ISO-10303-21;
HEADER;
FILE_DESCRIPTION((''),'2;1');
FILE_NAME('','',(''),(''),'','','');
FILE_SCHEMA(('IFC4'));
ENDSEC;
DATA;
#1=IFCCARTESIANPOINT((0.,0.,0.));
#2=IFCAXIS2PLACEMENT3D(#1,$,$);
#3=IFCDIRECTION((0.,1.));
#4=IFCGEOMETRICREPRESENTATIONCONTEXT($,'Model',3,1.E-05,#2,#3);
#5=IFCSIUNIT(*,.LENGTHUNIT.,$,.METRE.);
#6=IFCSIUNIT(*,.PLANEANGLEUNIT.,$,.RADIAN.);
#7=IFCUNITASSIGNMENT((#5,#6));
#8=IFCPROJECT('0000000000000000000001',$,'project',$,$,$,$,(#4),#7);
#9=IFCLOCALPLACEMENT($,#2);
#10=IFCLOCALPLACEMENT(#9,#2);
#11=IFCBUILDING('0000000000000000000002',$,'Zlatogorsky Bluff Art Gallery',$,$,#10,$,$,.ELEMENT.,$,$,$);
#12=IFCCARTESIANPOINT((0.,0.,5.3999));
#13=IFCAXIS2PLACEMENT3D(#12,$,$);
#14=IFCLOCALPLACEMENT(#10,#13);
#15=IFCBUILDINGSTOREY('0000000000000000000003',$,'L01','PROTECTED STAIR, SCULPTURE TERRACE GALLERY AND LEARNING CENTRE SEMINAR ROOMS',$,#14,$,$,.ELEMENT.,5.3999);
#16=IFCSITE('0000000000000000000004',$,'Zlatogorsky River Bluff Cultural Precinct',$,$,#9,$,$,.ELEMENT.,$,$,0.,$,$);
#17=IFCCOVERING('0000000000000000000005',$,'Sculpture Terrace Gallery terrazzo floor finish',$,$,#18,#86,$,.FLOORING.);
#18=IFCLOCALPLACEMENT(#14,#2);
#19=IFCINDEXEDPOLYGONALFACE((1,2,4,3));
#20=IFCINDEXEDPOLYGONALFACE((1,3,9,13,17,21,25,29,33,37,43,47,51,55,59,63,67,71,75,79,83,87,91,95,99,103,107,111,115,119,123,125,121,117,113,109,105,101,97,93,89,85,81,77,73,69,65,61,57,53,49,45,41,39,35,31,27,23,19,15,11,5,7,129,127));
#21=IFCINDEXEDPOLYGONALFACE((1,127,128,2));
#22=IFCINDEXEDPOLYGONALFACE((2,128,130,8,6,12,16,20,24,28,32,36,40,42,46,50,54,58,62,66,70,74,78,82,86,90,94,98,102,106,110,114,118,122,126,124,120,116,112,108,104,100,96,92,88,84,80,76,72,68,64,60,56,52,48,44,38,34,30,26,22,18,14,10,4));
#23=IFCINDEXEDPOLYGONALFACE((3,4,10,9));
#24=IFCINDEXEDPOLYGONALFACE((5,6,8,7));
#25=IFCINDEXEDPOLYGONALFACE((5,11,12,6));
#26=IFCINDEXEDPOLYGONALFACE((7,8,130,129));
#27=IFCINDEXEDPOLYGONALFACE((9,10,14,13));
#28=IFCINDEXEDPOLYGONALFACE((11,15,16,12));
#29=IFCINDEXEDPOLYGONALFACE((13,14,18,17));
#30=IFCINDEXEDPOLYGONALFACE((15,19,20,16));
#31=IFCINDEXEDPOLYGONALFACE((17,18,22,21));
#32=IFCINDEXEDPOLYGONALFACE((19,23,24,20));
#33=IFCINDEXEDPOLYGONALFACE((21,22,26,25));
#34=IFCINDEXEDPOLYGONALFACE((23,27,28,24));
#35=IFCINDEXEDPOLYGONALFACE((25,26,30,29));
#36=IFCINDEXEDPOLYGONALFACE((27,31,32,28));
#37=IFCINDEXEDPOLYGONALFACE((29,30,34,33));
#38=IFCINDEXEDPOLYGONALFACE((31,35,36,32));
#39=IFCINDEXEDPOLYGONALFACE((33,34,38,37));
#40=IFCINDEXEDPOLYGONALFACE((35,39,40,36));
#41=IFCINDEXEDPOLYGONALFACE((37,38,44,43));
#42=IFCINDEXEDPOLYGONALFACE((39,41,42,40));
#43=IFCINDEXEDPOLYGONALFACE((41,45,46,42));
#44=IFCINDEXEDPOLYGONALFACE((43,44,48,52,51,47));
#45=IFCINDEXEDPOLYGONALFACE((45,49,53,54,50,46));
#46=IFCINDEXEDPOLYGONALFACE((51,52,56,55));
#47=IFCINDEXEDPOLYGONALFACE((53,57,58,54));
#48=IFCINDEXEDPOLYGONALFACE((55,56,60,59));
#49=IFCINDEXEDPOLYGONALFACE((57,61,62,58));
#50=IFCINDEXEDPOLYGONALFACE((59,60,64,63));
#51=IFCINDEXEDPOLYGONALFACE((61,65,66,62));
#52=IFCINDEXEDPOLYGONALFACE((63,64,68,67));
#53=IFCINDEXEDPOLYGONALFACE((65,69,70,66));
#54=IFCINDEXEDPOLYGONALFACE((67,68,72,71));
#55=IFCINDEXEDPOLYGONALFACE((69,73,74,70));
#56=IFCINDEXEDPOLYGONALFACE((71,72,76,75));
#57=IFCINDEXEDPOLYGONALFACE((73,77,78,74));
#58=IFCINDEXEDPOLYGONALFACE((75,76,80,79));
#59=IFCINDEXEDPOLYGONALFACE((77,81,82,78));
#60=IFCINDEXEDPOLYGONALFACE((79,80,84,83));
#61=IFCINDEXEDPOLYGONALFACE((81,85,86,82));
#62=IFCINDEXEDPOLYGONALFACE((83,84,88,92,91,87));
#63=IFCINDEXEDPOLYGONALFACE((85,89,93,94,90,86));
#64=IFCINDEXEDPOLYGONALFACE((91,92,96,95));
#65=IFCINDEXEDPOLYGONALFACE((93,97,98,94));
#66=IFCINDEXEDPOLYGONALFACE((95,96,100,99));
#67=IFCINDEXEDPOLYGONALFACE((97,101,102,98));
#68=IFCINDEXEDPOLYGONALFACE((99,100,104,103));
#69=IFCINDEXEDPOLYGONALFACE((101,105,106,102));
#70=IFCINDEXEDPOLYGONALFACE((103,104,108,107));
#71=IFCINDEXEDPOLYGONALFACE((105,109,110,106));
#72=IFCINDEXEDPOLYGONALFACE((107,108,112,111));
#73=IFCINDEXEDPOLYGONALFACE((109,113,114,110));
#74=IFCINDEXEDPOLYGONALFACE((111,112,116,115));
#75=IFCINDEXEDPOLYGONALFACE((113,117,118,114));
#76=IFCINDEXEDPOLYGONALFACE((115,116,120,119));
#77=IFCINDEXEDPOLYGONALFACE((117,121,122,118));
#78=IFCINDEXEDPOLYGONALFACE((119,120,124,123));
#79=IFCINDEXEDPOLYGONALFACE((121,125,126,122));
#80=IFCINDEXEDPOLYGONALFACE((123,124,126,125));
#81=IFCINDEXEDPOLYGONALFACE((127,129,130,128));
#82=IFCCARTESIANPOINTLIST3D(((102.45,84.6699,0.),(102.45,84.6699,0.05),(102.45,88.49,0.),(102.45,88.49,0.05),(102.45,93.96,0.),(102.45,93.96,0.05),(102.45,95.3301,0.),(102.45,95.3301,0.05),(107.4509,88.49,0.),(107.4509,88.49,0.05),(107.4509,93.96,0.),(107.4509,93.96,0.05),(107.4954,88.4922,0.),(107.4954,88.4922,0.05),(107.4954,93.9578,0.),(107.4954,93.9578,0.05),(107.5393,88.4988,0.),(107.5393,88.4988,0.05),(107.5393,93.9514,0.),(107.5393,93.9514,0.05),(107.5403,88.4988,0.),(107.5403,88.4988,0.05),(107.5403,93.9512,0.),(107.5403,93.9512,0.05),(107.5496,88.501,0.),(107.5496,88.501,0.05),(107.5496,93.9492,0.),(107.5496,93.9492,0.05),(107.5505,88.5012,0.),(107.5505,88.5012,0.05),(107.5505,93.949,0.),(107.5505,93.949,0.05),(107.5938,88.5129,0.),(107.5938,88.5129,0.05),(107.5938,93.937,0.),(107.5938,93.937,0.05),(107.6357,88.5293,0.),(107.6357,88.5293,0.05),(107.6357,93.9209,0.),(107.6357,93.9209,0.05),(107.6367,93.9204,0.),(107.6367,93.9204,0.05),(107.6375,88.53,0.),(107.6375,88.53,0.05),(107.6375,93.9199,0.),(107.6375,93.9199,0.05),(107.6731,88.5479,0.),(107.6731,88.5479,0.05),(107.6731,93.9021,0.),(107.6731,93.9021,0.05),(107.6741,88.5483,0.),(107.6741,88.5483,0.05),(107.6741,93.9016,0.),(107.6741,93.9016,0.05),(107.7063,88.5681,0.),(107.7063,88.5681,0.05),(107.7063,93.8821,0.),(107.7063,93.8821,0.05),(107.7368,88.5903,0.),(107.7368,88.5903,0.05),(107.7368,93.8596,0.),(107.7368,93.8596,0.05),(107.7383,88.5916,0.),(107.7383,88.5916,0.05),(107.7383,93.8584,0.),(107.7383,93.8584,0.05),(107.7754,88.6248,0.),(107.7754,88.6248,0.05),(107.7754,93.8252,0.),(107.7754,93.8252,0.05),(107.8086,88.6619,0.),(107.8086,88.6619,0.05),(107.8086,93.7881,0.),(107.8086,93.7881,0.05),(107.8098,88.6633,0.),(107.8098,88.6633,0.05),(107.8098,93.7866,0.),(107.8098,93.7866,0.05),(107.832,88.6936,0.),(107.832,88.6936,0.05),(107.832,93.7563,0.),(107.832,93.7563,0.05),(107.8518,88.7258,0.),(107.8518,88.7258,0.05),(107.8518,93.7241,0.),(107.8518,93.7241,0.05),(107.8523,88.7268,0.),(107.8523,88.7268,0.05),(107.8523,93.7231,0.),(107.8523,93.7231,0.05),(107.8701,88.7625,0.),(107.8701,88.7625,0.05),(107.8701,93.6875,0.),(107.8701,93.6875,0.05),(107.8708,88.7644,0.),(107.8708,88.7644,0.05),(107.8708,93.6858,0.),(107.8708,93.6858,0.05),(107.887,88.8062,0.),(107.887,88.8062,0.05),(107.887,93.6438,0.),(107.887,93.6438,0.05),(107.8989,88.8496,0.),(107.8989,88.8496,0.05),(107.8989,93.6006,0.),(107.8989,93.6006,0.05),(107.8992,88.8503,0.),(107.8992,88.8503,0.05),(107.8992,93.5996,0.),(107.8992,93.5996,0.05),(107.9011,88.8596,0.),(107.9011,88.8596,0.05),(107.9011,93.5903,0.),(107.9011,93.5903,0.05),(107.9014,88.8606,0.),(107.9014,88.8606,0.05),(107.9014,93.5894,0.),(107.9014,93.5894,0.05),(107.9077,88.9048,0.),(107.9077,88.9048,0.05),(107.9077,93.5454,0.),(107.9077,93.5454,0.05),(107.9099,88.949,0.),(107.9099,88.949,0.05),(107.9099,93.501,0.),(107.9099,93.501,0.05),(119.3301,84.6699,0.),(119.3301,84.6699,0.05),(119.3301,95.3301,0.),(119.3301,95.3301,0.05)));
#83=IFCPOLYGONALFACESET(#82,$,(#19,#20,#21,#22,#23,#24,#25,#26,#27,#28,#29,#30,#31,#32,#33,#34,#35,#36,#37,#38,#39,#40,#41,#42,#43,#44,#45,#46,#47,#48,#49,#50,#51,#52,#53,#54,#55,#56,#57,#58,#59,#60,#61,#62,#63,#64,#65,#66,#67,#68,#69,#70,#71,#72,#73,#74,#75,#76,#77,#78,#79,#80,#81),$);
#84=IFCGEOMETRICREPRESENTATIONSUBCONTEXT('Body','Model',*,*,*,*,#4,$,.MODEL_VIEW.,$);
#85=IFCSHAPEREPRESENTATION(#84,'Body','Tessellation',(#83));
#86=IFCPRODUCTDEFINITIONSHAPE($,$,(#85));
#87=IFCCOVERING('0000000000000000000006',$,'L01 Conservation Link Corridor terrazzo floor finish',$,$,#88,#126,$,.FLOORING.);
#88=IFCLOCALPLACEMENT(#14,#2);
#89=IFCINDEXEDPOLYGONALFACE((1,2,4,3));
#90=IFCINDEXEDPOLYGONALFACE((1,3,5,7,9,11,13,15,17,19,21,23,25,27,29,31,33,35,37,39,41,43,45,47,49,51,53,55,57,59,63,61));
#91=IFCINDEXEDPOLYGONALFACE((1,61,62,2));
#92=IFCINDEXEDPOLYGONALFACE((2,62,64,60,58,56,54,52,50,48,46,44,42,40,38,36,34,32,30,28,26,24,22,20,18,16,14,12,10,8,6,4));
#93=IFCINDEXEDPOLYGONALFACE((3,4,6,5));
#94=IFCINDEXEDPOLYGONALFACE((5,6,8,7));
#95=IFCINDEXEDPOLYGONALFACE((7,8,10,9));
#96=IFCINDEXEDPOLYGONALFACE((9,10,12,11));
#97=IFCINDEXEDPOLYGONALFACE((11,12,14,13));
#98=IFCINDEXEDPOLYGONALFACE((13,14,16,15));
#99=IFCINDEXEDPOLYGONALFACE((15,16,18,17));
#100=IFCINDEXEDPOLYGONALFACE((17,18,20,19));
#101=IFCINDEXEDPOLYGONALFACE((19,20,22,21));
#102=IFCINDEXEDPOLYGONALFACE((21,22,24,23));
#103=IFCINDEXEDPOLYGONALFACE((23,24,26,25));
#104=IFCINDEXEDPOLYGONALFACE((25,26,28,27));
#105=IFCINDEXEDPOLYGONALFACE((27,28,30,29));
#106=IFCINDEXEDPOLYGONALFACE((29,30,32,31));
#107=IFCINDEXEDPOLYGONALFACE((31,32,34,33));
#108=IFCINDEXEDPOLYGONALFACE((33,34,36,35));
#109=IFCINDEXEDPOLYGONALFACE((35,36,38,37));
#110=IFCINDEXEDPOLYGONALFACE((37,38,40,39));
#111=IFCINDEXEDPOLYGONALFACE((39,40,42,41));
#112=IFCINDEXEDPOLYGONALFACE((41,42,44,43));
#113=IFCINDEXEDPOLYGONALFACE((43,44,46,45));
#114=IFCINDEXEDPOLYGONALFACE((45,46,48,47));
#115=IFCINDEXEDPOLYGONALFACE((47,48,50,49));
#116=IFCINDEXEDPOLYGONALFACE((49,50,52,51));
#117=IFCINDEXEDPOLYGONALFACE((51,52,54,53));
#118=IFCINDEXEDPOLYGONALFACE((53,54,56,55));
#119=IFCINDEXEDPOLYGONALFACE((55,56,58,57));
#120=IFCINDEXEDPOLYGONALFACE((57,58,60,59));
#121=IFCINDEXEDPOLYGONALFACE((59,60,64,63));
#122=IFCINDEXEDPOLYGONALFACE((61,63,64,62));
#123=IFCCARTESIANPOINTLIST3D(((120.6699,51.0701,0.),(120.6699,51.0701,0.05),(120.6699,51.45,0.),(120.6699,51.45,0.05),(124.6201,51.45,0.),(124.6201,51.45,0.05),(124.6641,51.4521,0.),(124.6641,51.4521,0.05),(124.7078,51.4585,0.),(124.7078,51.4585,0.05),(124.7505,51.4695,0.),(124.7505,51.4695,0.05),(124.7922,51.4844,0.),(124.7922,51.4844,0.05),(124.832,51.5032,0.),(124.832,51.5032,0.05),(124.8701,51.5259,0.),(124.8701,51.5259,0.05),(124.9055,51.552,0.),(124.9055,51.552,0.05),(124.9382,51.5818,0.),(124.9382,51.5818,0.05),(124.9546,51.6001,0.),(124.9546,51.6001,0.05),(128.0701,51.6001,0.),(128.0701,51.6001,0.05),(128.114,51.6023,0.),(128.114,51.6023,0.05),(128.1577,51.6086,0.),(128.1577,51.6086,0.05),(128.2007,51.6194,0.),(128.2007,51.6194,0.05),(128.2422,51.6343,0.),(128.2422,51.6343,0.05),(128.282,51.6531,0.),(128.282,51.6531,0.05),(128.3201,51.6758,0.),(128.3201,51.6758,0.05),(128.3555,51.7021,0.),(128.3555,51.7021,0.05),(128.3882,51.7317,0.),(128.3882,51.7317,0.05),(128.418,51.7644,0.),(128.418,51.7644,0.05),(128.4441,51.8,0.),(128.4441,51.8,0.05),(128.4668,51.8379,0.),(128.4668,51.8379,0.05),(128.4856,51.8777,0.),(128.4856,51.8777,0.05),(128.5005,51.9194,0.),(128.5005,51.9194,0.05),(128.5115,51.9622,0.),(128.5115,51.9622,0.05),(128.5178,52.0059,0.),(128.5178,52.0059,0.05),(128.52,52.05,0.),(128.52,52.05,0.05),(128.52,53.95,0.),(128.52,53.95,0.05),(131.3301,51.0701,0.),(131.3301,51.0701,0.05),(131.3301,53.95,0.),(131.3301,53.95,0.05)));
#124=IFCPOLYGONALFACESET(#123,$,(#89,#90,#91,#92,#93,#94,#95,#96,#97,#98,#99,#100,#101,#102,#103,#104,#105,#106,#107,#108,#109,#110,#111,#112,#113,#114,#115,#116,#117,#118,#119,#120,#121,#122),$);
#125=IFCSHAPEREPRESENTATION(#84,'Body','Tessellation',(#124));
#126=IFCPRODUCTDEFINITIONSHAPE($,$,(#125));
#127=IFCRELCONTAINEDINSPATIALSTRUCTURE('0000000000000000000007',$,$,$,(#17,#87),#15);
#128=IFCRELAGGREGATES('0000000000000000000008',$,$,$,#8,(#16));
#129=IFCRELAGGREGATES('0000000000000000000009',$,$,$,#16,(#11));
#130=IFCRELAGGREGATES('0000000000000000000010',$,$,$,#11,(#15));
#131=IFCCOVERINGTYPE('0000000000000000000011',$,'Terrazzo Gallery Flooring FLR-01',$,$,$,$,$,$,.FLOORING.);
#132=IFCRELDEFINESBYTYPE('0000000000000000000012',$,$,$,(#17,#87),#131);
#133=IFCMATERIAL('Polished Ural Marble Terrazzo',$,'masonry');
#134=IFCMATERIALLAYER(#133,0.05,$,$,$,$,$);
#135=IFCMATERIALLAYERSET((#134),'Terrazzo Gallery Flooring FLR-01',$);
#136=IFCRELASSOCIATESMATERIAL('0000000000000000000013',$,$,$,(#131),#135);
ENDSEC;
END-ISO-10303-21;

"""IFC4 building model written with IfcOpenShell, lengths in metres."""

from ifc_helpers import new_model, si_unit, direction, frame, origin, place, context, subcontext, project, spatial, polyline, outline, extrude, material, layer, layer_set, type_object, element, save


model = new_model("IFC4")

# Units and contexts
model_context = context("Model", 3, precision=1e-05, world=origin(), true_north=direction((0.0, 1.0)))
body_context = subcontext(model_context, "Body", "Model", "MODEL_VIEW")
ifc_project = project(units=[si_unit("LENGTHUNIT", "METRE"), si_unit("PLANEANGLEUNIT", "RADIAN")], contexts=[model_context])

# Site, building, storey
site_placement = place(None, origin())
site = spatial("IfcSite", under=ifc_project, at=site_placement, Name="Zlatogorsky River Bluff Cultural Precinct", CompositionType="ELEMENT", RefElevation=0.0)
building_placement = place(site_placement, origin())
building = spatial("IfcBuilding", under=site, at=building_placement, Name="Zlatogorsky Bluff Art Gallery", CompositionType="ELEMENT")
storey_placement = place(building_placement, frame((0.0, 0.0, 5.3999)))
storey = spatial("IfcBuildingStorey", under=building, at=storey_placement, Name="L01", Description="PROTECTED STAIR, SCULPTURE TERRACE GALLERY AND LEARNING CENTRE SEMINAR ROOMS", CompositionType="ELEMENT", Elevation=5.3999)

# Coverings
ifc_material_1 = material(Name="Polished Ural Marble Terrazzo", Category="masonry")
ifc_layer_1 = layer(ifc_material_1, 0.05)
ifc_layer_set_1 = layer_set([ifc_layer_1], Name="Terrazzo Gallery Flooring FLR-01")
covering_type_1 = type_object("IfcCoveringType", Name="Terrazzo Gallery Flooring FLR-01", PredefinedType="FLOORING", material=ifc_layer_set_1)
covering_1_placement = place(storey_placement, origin())
element("IfcCovering", 1, at=covering_1_placement, inside=storey, type_object=covering_type_1, Name="Sculpture Terrace Gallery terrazzo floor finish", PredefinedType="FLOORING", context=body_context, shape_type="SweptSolid", body=[
    extrude(outline(polyline([(102.45, 84.6699), (102.45, 88.49), (107.4509, 88.49), (107.4954, 88.4922), (107.5393, 88.4988), (107.5403, 88.4988), (107.5496, 88.501), (107.5505, 88.5012), (107.5938, 88.5129), (107.6357, 88.5293), (107.6375, 88.53), (107.6731, 88.5479), (107.6741, 88.5483), (107.7063, 88.5681), (107.7368, 88.5903), (107.7383, 88.5916), (107.7754, 88.6248), (107.8086, 88.6619), (107.8098, 88.6633), (107.832, 88.6936), (107.8518, 88.7258), (107.8523, 88.7268), (107.8701, 88.7625), (107.8708, 88.7644), (107.887, 88.8062), (107.8989, 88.8496), (107.8992, 88.8503), (107.9011, 88.8596), (107.9014, 88.8606), (107.9077, 88.9048), (107.9099, 88.949), (107.9099, 93.501), (107.9077, 93.5454), (107.9014, 93.5894), (107.9011, 93.5903), (107.8992, 93.5996), (107.8989, 93.6006), (107.887, 93.6438), (107.8708, 93.6858), (107.8701, 93.6875), (107.8523, 93.7231), (107.8518, 93.7241), (107.832, 93.7563), (107.8098, 93.7866), (107.8086, 93.7881), (107.7754, 93.8252), (107.7383, 93.8584), (107.7368, 93.8596), (107.7063, 93.8821), (107.6741, 93.9016), (107.6731, 93.9021), (107.6375, 93.9199), (107.6367, 93.9204), (107.6357, 93.9209), (107.5938, 93.937), (107.5505, 93.949), (107.5496, 93.9492), (107.5403, 93.9512), (107.5393, 93.9514), (107.4954, 93.9578), (107.4509, 93.96), (102.45, 93.96), (102.45, 95.3301), (119.3301, 95.3301), (119.3301, 84.6699), (102.45, 84.6699)])), origin(), (0.0, 0.0, 1.0), 0.05),
])
covering_2_placement = place(storey_placement, origin())
element("IfcCovering", 2, at=covering_2_placement, inside=storey, type_object=covering_type_1, Name="L01 Conservation Link Corridor terrazzo floor finish", PredefinedType="FLOORING", context=body_context, shape_type="SweptSolid", body=[
    extrude(outline(polyline([(124.6201, 51.45), (124.6641, 51.4521), (124.7078, 51.4585), (124.7505, 51.4695), (124.7922, 51.4844), (124.832, 51.5032), (124.8701, 51.5259), (124.9055, 51.552), (124.9382, 51.5818), (124.9546, 51.6001), (128.0701, 51.6001), (128.114, 51.6023), (128.1577, 51.6086), (128.2007, 51.6194), (128.2422, 51.6343), (128.282, 51.6531), (128.3201, 51.6758), (128.3555, 51.7021), (128.3882, 51.7317), (128.418, 51.7644), (128.4441, 51.8), (128.4668, 51.8379), (128.4856, 51.8777), (128.5005, 51.9194), (128.5115, 51.9622), (128.5178, 52.0059), (128.52, 52.05), (128.52, 53.95), (131.3301, 53.95), (131.3301, 51.0701), (120.6699, 51.0701), (120.6699, 51.45), (124.6201, 51.45)])), origin(), (0.0, 0.0, 1.0), 0.05),
])

save(model, "model.ifc")
